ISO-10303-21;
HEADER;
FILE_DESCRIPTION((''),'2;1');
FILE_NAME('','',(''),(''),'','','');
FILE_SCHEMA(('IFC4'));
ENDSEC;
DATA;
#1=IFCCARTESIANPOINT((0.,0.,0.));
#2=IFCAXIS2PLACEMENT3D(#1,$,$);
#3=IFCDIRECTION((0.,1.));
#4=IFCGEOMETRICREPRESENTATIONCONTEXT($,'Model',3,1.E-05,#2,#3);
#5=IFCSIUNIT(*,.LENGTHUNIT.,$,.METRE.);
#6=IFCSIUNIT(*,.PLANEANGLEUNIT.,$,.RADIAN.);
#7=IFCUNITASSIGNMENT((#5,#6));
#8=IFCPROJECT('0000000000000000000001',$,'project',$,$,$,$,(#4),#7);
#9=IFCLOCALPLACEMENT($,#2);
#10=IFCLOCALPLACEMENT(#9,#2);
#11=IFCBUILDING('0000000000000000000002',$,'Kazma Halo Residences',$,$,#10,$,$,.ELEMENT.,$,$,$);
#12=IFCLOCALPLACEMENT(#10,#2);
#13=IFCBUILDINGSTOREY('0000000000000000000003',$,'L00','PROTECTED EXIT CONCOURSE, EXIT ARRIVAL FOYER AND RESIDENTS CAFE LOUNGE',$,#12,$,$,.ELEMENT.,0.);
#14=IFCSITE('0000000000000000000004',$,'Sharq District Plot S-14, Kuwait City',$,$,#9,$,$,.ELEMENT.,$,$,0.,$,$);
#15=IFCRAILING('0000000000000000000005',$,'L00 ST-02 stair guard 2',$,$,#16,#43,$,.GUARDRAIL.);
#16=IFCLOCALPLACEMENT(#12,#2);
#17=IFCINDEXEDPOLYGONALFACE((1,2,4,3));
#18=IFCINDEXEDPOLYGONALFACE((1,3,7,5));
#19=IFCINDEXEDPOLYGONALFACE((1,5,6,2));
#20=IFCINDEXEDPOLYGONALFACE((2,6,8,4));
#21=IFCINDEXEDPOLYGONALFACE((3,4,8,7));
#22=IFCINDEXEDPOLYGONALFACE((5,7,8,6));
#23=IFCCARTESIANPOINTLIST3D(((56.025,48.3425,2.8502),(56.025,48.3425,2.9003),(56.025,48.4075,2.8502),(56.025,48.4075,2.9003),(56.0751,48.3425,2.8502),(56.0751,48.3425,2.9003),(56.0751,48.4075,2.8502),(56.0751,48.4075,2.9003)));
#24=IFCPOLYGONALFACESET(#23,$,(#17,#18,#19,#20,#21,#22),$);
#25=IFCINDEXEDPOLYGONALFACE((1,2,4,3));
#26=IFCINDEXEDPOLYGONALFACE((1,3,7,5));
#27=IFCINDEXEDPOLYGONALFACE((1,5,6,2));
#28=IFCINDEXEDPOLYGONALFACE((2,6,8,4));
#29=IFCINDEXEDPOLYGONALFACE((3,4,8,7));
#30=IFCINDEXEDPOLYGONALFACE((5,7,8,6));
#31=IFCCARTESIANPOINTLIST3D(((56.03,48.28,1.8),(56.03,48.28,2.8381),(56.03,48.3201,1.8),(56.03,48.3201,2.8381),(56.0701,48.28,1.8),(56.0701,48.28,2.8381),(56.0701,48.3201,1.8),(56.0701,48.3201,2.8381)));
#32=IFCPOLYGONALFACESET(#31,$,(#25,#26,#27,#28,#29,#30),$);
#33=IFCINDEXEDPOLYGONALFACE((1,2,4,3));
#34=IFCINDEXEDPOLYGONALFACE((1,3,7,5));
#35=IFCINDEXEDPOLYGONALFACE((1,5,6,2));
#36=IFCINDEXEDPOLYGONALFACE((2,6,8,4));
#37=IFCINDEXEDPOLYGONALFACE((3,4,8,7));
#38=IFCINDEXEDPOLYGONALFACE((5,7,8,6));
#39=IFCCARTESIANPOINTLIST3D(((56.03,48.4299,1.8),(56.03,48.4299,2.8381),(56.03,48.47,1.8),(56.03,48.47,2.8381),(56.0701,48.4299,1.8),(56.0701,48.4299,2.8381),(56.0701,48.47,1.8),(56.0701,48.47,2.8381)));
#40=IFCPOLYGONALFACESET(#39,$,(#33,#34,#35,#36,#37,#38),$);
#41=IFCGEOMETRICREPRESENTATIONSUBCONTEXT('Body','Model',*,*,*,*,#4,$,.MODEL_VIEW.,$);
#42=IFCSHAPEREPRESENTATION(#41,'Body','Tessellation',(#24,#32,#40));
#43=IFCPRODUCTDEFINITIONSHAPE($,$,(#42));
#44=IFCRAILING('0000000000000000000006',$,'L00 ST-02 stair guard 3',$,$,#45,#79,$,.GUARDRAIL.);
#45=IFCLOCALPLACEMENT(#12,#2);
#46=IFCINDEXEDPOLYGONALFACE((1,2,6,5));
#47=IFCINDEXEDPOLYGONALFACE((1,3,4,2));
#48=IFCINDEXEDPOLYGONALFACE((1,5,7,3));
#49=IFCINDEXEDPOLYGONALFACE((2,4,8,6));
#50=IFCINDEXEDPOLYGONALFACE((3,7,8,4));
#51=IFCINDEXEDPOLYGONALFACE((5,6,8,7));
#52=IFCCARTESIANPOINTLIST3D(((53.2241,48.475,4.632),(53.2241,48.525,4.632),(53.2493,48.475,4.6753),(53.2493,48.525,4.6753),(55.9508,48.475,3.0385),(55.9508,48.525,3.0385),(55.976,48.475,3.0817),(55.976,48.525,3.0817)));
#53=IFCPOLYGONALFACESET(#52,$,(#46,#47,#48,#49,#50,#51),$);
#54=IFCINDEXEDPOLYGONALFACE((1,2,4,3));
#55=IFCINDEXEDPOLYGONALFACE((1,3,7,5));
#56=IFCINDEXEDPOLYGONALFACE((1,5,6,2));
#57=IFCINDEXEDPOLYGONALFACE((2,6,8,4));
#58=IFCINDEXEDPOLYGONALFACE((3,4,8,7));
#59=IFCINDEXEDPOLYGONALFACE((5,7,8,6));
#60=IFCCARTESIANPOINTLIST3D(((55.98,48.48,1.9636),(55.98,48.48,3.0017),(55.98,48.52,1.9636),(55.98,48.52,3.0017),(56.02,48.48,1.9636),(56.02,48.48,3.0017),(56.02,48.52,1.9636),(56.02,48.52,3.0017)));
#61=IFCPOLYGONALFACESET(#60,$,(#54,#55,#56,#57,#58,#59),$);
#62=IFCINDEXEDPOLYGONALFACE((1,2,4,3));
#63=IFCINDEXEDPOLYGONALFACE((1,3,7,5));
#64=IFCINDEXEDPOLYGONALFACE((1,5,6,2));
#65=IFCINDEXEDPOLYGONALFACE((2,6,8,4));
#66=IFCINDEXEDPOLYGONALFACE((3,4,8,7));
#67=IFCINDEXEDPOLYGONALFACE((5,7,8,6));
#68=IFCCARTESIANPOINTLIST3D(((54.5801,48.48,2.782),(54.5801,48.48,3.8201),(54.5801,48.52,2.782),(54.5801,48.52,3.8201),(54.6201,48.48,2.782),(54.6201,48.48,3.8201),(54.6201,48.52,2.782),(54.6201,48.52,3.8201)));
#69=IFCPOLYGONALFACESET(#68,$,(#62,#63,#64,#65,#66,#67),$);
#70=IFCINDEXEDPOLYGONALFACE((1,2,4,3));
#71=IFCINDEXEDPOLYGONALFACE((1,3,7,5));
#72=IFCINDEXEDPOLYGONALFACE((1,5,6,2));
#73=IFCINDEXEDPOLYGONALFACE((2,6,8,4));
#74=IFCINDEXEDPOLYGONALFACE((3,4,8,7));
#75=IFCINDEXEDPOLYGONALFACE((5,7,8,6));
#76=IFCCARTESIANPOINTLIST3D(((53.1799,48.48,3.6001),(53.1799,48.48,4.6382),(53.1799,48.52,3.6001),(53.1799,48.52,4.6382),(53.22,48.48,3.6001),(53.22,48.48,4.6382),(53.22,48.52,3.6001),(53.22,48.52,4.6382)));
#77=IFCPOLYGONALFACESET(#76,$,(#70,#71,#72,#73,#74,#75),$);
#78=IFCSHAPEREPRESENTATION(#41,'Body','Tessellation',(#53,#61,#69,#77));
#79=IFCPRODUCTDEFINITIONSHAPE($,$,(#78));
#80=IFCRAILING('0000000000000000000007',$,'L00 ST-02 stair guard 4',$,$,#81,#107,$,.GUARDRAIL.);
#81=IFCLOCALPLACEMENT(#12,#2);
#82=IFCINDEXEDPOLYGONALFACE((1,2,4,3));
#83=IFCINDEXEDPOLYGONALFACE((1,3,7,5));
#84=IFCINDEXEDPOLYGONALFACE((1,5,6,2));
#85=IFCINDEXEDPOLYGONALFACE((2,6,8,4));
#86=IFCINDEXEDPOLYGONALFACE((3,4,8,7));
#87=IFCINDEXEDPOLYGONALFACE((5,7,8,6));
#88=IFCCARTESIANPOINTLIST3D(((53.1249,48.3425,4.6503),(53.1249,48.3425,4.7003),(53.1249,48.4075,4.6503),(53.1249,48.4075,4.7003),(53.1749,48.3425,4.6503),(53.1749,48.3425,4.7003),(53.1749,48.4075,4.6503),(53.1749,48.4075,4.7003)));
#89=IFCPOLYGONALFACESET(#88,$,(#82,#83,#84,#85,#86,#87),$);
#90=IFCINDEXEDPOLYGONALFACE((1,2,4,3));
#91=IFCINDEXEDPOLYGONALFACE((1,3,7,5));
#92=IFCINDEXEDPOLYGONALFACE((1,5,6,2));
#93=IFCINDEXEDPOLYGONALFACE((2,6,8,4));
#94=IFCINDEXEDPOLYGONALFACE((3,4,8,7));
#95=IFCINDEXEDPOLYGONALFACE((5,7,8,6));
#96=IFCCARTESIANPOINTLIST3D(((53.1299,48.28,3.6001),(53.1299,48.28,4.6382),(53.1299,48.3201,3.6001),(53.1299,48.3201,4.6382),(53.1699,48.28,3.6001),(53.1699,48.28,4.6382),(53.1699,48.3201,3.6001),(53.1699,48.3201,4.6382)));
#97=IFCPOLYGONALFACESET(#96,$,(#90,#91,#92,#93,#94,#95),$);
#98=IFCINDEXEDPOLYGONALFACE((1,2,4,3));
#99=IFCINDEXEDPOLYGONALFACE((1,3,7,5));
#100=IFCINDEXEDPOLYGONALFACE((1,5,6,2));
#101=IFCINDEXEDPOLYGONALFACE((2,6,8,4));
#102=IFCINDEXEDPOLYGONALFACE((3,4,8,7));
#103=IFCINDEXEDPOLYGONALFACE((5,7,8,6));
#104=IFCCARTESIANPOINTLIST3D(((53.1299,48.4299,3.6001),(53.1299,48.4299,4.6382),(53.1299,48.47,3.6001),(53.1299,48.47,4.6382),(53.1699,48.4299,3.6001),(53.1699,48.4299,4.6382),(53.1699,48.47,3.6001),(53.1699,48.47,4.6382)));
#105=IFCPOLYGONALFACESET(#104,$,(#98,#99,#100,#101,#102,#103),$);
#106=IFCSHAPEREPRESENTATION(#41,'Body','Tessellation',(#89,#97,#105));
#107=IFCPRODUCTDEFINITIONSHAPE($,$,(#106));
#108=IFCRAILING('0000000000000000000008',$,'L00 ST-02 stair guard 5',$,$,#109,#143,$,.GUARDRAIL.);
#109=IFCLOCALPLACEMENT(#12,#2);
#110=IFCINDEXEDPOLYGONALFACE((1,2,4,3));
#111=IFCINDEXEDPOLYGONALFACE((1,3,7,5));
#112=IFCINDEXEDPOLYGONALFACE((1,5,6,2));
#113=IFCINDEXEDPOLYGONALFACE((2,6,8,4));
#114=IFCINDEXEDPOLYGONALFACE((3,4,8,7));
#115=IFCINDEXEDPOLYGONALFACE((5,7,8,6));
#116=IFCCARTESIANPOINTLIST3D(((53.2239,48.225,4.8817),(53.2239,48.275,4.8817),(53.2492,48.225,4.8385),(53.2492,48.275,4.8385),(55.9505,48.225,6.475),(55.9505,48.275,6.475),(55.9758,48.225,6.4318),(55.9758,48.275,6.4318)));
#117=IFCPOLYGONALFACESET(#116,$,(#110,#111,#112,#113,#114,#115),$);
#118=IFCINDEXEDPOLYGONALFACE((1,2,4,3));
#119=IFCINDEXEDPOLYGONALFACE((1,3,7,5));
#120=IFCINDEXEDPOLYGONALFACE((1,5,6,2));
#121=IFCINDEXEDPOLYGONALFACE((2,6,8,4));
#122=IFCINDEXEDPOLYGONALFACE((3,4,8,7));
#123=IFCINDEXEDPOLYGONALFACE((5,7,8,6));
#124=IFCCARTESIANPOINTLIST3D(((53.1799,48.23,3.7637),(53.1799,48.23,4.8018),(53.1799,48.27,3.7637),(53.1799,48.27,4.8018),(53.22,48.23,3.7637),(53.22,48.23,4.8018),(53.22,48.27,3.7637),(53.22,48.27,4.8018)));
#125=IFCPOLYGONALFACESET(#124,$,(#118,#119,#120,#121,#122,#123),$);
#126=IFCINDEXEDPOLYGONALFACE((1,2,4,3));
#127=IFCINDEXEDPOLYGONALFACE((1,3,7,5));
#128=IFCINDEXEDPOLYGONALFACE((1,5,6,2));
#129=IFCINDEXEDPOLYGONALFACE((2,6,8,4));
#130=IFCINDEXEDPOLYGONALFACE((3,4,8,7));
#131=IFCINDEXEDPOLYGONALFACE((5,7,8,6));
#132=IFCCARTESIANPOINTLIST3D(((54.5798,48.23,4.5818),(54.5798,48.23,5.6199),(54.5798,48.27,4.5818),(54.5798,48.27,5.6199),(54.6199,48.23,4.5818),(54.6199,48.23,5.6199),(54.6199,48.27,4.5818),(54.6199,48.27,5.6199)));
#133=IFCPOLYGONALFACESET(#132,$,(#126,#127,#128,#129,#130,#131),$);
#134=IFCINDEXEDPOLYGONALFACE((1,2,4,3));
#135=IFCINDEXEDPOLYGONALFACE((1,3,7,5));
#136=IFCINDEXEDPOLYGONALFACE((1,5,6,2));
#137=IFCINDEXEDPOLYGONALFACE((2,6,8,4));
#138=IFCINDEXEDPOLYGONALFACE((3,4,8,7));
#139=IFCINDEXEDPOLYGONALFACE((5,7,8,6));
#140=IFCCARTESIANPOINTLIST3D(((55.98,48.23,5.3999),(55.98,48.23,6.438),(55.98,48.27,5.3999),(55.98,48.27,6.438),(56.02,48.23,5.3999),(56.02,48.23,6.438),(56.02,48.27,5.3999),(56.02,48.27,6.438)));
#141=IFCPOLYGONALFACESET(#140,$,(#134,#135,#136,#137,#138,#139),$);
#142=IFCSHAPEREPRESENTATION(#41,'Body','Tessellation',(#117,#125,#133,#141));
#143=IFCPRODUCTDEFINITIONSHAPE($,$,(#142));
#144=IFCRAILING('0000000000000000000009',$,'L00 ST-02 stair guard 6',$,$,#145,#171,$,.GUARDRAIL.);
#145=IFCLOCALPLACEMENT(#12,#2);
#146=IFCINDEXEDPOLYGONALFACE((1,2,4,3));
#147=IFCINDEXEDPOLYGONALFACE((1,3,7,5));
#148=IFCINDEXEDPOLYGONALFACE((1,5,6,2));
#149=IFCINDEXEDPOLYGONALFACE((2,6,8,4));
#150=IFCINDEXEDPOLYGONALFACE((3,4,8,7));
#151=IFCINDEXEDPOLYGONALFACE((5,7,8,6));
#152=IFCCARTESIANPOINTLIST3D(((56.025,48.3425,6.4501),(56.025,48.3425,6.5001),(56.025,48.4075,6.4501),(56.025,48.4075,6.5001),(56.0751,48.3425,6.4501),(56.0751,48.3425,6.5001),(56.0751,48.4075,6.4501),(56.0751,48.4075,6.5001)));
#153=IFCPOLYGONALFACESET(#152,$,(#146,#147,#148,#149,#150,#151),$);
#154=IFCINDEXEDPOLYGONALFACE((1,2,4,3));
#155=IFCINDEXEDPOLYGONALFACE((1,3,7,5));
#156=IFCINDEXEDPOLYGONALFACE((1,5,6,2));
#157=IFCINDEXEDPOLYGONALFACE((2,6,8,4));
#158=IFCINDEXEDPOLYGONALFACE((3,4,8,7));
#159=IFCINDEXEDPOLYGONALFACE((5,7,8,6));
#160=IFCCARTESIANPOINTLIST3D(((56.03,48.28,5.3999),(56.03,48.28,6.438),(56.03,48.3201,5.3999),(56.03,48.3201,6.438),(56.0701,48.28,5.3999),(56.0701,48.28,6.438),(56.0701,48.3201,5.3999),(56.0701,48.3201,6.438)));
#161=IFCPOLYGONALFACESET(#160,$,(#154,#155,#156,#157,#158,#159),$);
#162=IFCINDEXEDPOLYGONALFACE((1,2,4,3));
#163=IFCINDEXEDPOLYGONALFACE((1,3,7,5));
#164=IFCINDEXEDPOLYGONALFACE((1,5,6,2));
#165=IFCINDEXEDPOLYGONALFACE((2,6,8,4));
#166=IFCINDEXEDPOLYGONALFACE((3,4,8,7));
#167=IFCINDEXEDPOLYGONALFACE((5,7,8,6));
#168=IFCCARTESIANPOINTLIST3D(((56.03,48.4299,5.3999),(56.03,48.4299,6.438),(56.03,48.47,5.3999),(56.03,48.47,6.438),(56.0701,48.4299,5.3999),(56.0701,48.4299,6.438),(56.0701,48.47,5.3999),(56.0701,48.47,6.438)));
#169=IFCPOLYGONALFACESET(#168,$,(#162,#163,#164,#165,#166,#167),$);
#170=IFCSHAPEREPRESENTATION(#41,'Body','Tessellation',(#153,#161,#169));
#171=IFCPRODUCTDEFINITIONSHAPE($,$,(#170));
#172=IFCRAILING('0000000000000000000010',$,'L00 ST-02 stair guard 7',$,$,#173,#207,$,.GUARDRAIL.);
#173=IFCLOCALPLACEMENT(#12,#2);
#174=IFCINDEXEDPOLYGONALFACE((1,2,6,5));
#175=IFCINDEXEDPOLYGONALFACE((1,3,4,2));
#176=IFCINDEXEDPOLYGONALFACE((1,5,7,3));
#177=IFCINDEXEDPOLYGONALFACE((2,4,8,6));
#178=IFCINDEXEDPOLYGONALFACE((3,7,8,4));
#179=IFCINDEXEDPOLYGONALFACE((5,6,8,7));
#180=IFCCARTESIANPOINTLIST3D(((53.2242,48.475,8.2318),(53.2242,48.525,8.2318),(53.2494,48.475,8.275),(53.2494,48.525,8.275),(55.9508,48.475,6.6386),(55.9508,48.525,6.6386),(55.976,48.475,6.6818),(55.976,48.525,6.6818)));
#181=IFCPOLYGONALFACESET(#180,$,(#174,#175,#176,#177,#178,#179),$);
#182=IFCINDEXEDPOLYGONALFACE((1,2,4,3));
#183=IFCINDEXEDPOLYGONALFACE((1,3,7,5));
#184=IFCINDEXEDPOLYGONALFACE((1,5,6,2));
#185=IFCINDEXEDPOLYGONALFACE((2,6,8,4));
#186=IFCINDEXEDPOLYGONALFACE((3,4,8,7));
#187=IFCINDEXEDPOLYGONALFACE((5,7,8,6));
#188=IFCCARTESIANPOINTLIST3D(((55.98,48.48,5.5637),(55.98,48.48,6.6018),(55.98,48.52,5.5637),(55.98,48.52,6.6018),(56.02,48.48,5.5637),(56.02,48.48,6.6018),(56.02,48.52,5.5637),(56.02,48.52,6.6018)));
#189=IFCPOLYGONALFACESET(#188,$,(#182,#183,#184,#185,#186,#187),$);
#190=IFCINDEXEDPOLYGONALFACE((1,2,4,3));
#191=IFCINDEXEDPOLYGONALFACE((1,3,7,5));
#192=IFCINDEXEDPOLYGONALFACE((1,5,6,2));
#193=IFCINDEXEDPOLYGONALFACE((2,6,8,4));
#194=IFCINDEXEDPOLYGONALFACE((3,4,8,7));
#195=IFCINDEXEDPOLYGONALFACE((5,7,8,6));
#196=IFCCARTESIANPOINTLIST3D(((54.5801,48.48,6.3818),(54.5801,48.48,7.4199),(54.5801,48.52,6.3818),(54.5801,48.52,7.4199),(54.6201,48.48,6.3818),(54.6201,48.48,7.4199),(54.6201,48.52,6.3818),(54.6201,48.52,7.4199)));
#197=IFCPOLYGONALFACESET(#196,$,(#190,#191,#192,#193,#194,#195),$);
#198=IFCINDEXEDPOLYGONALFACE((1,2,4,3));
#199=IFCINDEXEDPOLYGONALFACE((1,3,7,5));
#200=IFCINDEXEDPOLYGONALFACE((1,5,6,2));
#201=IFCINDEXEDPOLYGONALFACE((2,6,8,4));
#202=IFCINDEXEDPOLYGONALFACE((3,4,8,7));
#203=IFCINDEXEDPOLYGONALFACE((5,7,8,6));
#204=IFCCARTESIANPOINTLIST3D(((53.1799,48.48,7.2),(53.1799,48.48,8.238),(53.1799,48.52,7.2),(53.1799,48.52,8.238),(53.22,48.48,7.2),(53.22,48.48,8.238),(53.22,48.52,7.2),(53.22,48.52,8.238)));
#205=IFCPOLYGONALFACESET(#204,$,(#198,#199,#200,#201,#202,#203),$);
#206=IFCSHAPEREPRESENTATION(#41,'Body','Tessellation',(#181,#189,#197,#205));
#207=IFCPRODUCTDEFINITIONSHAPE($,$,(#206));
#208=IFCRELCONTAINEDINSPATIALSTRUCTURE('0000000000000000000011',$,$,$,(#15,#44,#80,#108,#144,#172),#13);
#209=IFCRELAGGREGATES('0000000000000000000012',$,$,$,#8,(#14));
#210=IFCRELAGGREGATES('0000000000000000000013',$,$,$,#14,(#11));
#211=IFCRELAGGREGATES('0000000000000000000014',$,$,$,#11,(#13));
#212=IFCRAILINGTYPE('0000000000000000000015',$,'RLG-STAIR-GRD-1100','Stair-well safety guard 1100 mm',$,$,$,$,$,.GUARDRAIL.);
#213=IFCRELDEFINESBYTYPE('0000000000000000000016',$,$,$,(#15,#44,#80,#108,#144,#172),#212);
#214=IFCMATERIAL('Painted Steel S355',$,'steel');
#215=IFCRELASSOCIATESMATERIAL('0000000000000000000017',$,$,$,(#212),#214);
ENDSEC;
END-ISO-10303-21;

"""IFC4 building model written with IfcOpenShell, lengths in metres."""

from ifc_helpers import new_model, si_unit, direction, frame, origin, origin_2d, place, context, subcontext, project, spatial, rectangle, extrude, material, type_object, element, save


model = new_model("IFC4")

# Units and contexts
model_context = context("Model", 3, precision=1e-05, world=origin(), true_north=direction((0.0, 1.0)))
body_context = subcontext(model_context, "Body", "Model", "MODEL_VIEW")
ifc_project = project(units=[si_unit("LENGTHUNIT", "METRE"), si_unit("PLANEANGLEUNIT", "RADIAN")], contexts=[model_context])

# Site, building, storey
site_placement = place(None, origin())
site = spatial("IfcSite", under=ifc_project, at=site_placement, Name="Sharq District Plot S-14, Kuwait City", CompositionType="ELEMENT", RefElevation=0.0)
building_placement = place(site_placement, origin())
building = spatial("IfcBuilding", under=site, at=building_placement, Name="Kazma Halo Residences", CompositionType="ELEMENT")
storey_placement = place(building_placement, origin())
storey = spatial("IfcBuildingStorey", under=building, at=storey_placement, Name="L00", Description="PROTECTED EXIT CONCOURSE, EXIT ARRIVAL FOYER AND RESIDENTS CAFE LOUNGE", CompositionType="ELEMENT", Elevation=0.0)

# Railings
ifc_material_1 = material(Name="Painted Steel S355", Category="steel")
railing_type_1 = type_object("IfcRailingType", Name="RLG-STAIR-GRD-1100", Description="Stair-well safety guard 1100 mm", PredefinedType="GUARDRAIL", material=ifc_material_1)
railing_1_placement = place(storey_placement, frame((56.05, 48.3, 1.8)))
element("IfcRailing", 1, at=railing_1_placement, inside=storey, type_object=railing_type_1, Name="L00 ST-02 stair guard 2", PredefinedType="GUARDRAIL", context=body_context, shape_type="SweptSolid", body=[
    extrude(rectangle(XDim=0.05, YDim=0.05, at=origin_2d()), frame((0.0, 0.0425, 1.0752), z_axis=(0.0, 1.0, 0.0), x_axis=(-1.0, 0.0, 0.0)), (0.0, 0.0, 1.0), 0.0649),
    extrude(rectangle(XDim=0.04, YDim=0.04, at=origin_2d()), origin(), (0.0, 0.0, 1.0), 1.0381),
    extrude(rectangle(XDim=0.04, YDim=0.04, at=origin_2d()), frame((0.0, 0.1499, 0.0)), (0.0, 0.0, 1.0), 1.0381),
])
railing_2_placement = place(storey_placement, frame((56.0, 48.5, 1.9636)))
element("IfcRailing", 2, at=railing_2_placement, inside=storey, type_object=railing_type_1, Name="L00 ST-02 stair guard 3", PredefinedType="GUARDRAIL", context=body_context, shape_type="SweptSolid", body=[
    extrude(rectangle(XDim=0.05, YDim=0.05, at=origin_2d()), frame((-0.0366, 0.0, 1.0964), z_axis=(-0.863361, 0.0, 0.504587), x_axis=(0.0, -1.0, 0.0)), (0.0, 0.0, 1.0), 3.1582),
    extrude(rectangle(XDim=0.04, YDim=0.04, at=origin_2d()), origin(), (0.0, 0.0, 1.0), 1.0381),
    extrude(rectangle(XDim=0.04, YDim=0.04, at=origin_2d()), frame((-1.3999, 0.0, 0.8184)), (0.0, 0.0, 1.0), 1.0381),
    extrude(rectangle(XDim=0.04, YDim=0.04, at=origin_2d()), frame((-2.8, 0.0, 1.6365)), (0.0, 0.0, 1.0), 1.0381),
])
railing_3_placement = place(storey_placement, frame((53.1499, 48.3, 3.6001)))
element("IfcRailing", 3, at=railing_3_placement, inside=storey, type_object=railing_type_1, Name="L00 ST-02 stair guard 4", PredefinedType="GUARDRAIL", context=body_context, shape_type="SweptSolid", body=[
    extrude(rectangle(XDim=0.05, YDim=0.05, at=origin_2d()), frame((0.0, 0.0425, 1.0752), z_axis=(0.0, 1.0, 0.0), x_axis=(-1.0, 0.0, 0.0)), (0.0, 0.0, 1.0), 0.0649),
    extrude(rectangle(XDim=0.04, YDim=0.04, at=origin_2d()), origin(), (0.0, 0.0, 1.0), 1.0381),
    extrude(rectangle(XDim=0.04, YDim=0.04, at=origin_2d()), frame((0.0, 0.1499, 0.0)), (0.0, 0.0, 1.0), 1.0381),
])
railing_4_placement = place(storey_placement, frame((53.2, 48.25, 3.7637)))
element("IfcRailing", 4, at=railing_4_placement, inside=storey, type_object=railing_type_1, Name="L00 ST-02 stair guard 5", PredefinedType="GUARDRAIL", context=body_context, shape_type="SweptSolid", body=[
    extrude(rectangle(XDim=0.05, YDim=0.05, at=origin_2d()), frame((0.0366, 0.0, 1.0964), z_axis=(0.863394, 0.0, 0.504531), x_axis=(0.0, 1.0, 0.0)), (0.0, 0.0, 1.0), 3.158),
    extrude(rectangle(XDim=0.04, YDim=0.04, at=origin_2d()), origin(), (0.0, 0.0, 1.0), 1.0381),
    extrude(rectangle(XDim=0.04, YDim=0.04, at=origin_2d()), frame((1.3999, 0.0, 0.8181)), (0.0, 0.0, 1.0), 1.0381),
    extrude(rectangle(XDim=0.04, YDim=0.04, at=origin_2d()), frame((2.8, 0.0, 1.6362)), (0.0, 0.0, 1.0), 1.0381),
])
railing_5_placement = place(storey_placement, frame((56.05, 48.3, 5.3999)))
element("IfcRailing", 5, at=railing_5_placement, inside=storey, type_object=railing_type_1, Name="L00 ST-02 stair guard 6", PredefinedType="GUARDRAIL", context=body_context, shape_type="SweptSolid", body=[
    extrude(rectangle(XDim=0.05, YDim=0.05, at=origin_2d()), frame((0.0, 0.0425, 1.0752), z_axis=(0.0, 1.0, 0.0), x_axis=(-1.0, 0.0, 0.0)), (0.0, 0.0, 1.0), 0.0649),
    extrude(rectangle(XDim=0.04, YDim=0.04, at=origin_2d()), origin(), (0.0, 0.0, 1.0), 1.0381),
    extrude(rectangle(XDim=0.04, YDim=0.04, at=origin_2d()), frame((0.0, 0.1499, 0.0)), (0.0, 0.0, 1.0), 1.0381),
])
railing_6_placement = place(storey_placement, frame((56.0, 48.5, 5.5637)))
element("IfcRailing", 6, at=railing_6_placement, inside=storey, type_object=railing_type_1, Name="L00 ST-02 stair guard 7", PredefinedType="GUARDRAIL", context=body_context, shape_type="SweptSolid", body=[
    extrude(rectangle(XDim=0.05, YDim=0.05, at=origin_2d()), frame((-0.0366, 0.0, 1.0964), z_axis=(-0.863394, 0.0, 0.504531), x_axis=(0.0, -1.0, 0.0)), (0.0, 0.0, 1.0), 3.158),
    extrude(rectangle(XDim=0.04, YDim=0.04, at=origin_2d()), origin(), (0.0, 0.0, 1.0), 1.0381),
    extrude(rectangle(XDim=0.04, YDim=0.04, at=origin_2d()), frame((-1.3999, 0.0, 0.8181)), (0.0, 0.0, 1.0), 1.0381),
    extrude(rectangle(XDim=0.04, YDim=0.04, at=origin_2d()), frame((-2.8, 0.0, 1.6362)), (0.0, 0.0, 1.0), 1.0381),
])

save(model, "model.ifc")
